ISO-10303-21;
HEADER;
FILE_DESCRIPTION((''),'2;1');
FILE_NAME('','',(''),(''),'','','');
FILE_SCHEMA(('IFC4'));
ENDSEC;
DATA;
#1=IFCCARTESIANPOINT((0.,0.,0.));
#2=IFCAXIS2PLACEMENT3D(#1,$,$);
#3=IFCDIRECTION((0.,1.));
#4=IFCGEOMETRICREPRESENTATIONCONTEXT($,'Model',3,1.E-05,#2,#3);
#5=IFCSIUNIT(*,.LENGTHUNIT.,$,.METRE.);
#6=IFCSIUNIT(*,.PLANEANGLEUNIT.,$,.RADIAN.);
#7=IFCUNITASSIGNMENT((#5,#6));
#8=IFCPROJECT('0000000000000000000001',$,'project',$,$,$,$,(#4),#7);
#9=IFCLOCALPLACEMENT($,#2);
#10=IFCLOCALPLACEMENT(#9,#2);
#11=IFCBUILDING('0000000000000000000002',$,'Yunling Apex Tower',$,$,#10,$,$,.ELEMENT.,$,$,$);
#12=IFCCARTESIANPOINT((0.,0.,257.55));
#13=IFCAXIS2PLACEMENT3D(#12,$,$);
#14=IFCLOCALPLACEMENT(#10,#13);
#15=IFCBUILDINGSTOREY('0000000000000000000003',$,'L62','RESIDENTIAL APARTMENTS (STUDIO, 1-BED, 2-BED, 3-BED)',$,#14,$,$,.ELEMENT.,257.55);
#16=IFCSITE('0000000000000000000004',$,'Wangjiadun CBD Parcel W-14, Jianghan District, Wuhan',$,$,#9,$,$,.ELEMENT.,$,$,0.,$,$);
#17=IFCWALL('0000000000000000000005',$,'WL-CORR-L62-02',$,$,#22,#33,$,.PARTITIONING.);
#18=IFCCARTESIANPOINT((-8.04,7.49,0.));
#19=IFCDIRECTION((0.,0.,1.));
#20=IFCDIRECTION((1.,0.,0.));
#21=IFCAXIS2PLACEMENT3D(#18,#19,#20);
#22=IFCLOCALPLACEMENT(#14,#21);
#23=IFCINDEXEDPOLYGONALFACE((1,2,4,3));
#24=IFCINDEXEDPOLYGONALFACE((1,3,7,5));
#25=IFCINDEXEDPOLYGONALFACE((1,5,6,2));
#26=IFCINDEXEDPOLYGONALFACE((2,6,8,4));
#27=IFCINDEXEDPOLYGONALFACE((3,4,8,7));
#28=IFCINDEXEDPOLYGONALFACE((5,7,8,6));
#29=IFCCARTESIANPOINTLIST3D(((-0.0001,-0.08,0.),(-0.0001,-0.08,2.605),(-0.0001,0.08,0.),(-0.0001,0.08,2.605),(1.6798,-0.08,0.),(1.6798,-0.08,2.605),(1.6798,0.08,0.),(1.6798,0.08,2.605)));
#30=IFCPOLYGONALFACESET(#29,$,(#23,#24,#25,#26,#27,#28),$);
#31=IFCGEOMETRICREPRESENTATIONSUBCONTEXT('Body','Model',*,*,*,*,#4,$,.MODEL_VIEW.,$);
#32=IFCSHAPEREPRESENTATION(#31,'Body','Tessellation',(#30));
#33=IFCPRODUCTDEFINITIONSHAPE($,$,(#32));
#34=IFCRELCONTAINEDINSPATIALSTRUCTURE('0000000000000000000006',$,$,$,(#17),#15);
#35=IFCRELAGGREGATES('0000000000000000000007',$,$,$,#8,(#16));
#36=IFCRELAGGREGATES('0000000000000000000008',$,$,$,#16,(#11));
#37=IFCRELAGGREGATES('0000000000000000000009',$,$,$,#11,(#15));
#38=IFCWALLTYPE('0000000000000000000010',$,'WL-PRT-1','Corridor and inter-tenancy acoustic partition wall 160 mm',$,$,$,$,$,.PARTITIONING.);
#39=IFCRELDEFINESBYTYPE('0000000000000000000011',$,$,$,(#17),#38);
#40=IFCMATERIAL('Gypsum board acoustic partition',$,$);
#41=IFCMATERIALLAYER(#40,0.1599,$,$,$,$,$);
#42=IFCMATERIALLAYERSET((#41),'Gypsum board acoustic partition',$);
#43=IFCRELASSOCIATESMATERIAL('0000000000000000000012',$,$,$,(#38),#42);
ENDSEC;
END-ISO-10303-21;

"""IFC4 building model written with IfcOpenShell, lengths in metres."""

from ifc_helpers import new_model, si_unit, direction, frame, frame_2d, origin, place, context, subcontext, project, spatial, rectangle, extrude, material, layer, layer_set, type_object, element, save


model = new_model("IFC4")

# Units and contexts
model_context = context("Model", 3, precision=1e-05, world=origin(), true_north=direction((0.0, 1.0)))
body_context = subcontext(model_context, "Body", "Model", "MODEL_VIEW")
ifc_project = project(units=[si_unit("LENGTHUNIT", "METRE"), si_unit("PLANEANGLEUNIT", "RADIAN")], contexts=[model_context])

# Site, building, storey
site_placement = place(None, origin())
site = spatial("IfcSite", under=ifc_project, at=site_placement, Name="Wangjiadun CBD Parcel W-14, Jianghan District, Wuhan", CompositionType="ELEMENT", RefElevation=0.0)
building_placement = place(site_placement, origin())
building = spatial("IfcBuilding", under=site, at=building_placement, Name="Yunling Apex Tower", CompositionType="ELEMENT")
storey_placement = place(building_placement, frame((0.0, 0.0, 257.55)))
storey = spatial("IfcBuildingStorey", under=building, at=storey_placement, Name="L62", Description="RESIDENTIAL APARTMENTS (STUDIO, 1-BED, 2-BED, 3-BED)", CompositionType="ELEMENT", Elevation=257.55)

# Shared definitions
ifc_material_1 = material(Name="Gypsum board acoustic partition")
ifc_layer_1 = layer(ifc_material_1, 0.1599)
ifc_layer_set_1 = layer_set([ifc_layer_1], Name="Gypsum board acoustic partition")
wall_type_1 = type_object("IfcWallType", Name="WL-PRT-1", Description="Corridor and inter-tenancy acoustic partition wall 160 mm", PredefinedType="PARTITIONING", material=ifc_layer_set_1)

# Wall
wall_1_placement = place(storey_placement, frame((-8.04, 7.49, 0.0), z_axis=(0.0, 0.0, 1.0), x_axis=(1.0, 0.0, 0.0)))
element("IfcWall", 1, at=wall_1_placement, inside=storey, type_object=wall_type_1, Name="WL-CORR-L62-02", PredefinedType="PARTITIONING", context=body_context, shape_type="SweptSolid", body=[
    extrude(rectangle(XDim=1.6799, YDim=0.1599, at=frame_2d((0.8398, 0.0))), origin(), (0.0, 0.0, 1.0), 2.605),
])

save(model, "model.ifc")
